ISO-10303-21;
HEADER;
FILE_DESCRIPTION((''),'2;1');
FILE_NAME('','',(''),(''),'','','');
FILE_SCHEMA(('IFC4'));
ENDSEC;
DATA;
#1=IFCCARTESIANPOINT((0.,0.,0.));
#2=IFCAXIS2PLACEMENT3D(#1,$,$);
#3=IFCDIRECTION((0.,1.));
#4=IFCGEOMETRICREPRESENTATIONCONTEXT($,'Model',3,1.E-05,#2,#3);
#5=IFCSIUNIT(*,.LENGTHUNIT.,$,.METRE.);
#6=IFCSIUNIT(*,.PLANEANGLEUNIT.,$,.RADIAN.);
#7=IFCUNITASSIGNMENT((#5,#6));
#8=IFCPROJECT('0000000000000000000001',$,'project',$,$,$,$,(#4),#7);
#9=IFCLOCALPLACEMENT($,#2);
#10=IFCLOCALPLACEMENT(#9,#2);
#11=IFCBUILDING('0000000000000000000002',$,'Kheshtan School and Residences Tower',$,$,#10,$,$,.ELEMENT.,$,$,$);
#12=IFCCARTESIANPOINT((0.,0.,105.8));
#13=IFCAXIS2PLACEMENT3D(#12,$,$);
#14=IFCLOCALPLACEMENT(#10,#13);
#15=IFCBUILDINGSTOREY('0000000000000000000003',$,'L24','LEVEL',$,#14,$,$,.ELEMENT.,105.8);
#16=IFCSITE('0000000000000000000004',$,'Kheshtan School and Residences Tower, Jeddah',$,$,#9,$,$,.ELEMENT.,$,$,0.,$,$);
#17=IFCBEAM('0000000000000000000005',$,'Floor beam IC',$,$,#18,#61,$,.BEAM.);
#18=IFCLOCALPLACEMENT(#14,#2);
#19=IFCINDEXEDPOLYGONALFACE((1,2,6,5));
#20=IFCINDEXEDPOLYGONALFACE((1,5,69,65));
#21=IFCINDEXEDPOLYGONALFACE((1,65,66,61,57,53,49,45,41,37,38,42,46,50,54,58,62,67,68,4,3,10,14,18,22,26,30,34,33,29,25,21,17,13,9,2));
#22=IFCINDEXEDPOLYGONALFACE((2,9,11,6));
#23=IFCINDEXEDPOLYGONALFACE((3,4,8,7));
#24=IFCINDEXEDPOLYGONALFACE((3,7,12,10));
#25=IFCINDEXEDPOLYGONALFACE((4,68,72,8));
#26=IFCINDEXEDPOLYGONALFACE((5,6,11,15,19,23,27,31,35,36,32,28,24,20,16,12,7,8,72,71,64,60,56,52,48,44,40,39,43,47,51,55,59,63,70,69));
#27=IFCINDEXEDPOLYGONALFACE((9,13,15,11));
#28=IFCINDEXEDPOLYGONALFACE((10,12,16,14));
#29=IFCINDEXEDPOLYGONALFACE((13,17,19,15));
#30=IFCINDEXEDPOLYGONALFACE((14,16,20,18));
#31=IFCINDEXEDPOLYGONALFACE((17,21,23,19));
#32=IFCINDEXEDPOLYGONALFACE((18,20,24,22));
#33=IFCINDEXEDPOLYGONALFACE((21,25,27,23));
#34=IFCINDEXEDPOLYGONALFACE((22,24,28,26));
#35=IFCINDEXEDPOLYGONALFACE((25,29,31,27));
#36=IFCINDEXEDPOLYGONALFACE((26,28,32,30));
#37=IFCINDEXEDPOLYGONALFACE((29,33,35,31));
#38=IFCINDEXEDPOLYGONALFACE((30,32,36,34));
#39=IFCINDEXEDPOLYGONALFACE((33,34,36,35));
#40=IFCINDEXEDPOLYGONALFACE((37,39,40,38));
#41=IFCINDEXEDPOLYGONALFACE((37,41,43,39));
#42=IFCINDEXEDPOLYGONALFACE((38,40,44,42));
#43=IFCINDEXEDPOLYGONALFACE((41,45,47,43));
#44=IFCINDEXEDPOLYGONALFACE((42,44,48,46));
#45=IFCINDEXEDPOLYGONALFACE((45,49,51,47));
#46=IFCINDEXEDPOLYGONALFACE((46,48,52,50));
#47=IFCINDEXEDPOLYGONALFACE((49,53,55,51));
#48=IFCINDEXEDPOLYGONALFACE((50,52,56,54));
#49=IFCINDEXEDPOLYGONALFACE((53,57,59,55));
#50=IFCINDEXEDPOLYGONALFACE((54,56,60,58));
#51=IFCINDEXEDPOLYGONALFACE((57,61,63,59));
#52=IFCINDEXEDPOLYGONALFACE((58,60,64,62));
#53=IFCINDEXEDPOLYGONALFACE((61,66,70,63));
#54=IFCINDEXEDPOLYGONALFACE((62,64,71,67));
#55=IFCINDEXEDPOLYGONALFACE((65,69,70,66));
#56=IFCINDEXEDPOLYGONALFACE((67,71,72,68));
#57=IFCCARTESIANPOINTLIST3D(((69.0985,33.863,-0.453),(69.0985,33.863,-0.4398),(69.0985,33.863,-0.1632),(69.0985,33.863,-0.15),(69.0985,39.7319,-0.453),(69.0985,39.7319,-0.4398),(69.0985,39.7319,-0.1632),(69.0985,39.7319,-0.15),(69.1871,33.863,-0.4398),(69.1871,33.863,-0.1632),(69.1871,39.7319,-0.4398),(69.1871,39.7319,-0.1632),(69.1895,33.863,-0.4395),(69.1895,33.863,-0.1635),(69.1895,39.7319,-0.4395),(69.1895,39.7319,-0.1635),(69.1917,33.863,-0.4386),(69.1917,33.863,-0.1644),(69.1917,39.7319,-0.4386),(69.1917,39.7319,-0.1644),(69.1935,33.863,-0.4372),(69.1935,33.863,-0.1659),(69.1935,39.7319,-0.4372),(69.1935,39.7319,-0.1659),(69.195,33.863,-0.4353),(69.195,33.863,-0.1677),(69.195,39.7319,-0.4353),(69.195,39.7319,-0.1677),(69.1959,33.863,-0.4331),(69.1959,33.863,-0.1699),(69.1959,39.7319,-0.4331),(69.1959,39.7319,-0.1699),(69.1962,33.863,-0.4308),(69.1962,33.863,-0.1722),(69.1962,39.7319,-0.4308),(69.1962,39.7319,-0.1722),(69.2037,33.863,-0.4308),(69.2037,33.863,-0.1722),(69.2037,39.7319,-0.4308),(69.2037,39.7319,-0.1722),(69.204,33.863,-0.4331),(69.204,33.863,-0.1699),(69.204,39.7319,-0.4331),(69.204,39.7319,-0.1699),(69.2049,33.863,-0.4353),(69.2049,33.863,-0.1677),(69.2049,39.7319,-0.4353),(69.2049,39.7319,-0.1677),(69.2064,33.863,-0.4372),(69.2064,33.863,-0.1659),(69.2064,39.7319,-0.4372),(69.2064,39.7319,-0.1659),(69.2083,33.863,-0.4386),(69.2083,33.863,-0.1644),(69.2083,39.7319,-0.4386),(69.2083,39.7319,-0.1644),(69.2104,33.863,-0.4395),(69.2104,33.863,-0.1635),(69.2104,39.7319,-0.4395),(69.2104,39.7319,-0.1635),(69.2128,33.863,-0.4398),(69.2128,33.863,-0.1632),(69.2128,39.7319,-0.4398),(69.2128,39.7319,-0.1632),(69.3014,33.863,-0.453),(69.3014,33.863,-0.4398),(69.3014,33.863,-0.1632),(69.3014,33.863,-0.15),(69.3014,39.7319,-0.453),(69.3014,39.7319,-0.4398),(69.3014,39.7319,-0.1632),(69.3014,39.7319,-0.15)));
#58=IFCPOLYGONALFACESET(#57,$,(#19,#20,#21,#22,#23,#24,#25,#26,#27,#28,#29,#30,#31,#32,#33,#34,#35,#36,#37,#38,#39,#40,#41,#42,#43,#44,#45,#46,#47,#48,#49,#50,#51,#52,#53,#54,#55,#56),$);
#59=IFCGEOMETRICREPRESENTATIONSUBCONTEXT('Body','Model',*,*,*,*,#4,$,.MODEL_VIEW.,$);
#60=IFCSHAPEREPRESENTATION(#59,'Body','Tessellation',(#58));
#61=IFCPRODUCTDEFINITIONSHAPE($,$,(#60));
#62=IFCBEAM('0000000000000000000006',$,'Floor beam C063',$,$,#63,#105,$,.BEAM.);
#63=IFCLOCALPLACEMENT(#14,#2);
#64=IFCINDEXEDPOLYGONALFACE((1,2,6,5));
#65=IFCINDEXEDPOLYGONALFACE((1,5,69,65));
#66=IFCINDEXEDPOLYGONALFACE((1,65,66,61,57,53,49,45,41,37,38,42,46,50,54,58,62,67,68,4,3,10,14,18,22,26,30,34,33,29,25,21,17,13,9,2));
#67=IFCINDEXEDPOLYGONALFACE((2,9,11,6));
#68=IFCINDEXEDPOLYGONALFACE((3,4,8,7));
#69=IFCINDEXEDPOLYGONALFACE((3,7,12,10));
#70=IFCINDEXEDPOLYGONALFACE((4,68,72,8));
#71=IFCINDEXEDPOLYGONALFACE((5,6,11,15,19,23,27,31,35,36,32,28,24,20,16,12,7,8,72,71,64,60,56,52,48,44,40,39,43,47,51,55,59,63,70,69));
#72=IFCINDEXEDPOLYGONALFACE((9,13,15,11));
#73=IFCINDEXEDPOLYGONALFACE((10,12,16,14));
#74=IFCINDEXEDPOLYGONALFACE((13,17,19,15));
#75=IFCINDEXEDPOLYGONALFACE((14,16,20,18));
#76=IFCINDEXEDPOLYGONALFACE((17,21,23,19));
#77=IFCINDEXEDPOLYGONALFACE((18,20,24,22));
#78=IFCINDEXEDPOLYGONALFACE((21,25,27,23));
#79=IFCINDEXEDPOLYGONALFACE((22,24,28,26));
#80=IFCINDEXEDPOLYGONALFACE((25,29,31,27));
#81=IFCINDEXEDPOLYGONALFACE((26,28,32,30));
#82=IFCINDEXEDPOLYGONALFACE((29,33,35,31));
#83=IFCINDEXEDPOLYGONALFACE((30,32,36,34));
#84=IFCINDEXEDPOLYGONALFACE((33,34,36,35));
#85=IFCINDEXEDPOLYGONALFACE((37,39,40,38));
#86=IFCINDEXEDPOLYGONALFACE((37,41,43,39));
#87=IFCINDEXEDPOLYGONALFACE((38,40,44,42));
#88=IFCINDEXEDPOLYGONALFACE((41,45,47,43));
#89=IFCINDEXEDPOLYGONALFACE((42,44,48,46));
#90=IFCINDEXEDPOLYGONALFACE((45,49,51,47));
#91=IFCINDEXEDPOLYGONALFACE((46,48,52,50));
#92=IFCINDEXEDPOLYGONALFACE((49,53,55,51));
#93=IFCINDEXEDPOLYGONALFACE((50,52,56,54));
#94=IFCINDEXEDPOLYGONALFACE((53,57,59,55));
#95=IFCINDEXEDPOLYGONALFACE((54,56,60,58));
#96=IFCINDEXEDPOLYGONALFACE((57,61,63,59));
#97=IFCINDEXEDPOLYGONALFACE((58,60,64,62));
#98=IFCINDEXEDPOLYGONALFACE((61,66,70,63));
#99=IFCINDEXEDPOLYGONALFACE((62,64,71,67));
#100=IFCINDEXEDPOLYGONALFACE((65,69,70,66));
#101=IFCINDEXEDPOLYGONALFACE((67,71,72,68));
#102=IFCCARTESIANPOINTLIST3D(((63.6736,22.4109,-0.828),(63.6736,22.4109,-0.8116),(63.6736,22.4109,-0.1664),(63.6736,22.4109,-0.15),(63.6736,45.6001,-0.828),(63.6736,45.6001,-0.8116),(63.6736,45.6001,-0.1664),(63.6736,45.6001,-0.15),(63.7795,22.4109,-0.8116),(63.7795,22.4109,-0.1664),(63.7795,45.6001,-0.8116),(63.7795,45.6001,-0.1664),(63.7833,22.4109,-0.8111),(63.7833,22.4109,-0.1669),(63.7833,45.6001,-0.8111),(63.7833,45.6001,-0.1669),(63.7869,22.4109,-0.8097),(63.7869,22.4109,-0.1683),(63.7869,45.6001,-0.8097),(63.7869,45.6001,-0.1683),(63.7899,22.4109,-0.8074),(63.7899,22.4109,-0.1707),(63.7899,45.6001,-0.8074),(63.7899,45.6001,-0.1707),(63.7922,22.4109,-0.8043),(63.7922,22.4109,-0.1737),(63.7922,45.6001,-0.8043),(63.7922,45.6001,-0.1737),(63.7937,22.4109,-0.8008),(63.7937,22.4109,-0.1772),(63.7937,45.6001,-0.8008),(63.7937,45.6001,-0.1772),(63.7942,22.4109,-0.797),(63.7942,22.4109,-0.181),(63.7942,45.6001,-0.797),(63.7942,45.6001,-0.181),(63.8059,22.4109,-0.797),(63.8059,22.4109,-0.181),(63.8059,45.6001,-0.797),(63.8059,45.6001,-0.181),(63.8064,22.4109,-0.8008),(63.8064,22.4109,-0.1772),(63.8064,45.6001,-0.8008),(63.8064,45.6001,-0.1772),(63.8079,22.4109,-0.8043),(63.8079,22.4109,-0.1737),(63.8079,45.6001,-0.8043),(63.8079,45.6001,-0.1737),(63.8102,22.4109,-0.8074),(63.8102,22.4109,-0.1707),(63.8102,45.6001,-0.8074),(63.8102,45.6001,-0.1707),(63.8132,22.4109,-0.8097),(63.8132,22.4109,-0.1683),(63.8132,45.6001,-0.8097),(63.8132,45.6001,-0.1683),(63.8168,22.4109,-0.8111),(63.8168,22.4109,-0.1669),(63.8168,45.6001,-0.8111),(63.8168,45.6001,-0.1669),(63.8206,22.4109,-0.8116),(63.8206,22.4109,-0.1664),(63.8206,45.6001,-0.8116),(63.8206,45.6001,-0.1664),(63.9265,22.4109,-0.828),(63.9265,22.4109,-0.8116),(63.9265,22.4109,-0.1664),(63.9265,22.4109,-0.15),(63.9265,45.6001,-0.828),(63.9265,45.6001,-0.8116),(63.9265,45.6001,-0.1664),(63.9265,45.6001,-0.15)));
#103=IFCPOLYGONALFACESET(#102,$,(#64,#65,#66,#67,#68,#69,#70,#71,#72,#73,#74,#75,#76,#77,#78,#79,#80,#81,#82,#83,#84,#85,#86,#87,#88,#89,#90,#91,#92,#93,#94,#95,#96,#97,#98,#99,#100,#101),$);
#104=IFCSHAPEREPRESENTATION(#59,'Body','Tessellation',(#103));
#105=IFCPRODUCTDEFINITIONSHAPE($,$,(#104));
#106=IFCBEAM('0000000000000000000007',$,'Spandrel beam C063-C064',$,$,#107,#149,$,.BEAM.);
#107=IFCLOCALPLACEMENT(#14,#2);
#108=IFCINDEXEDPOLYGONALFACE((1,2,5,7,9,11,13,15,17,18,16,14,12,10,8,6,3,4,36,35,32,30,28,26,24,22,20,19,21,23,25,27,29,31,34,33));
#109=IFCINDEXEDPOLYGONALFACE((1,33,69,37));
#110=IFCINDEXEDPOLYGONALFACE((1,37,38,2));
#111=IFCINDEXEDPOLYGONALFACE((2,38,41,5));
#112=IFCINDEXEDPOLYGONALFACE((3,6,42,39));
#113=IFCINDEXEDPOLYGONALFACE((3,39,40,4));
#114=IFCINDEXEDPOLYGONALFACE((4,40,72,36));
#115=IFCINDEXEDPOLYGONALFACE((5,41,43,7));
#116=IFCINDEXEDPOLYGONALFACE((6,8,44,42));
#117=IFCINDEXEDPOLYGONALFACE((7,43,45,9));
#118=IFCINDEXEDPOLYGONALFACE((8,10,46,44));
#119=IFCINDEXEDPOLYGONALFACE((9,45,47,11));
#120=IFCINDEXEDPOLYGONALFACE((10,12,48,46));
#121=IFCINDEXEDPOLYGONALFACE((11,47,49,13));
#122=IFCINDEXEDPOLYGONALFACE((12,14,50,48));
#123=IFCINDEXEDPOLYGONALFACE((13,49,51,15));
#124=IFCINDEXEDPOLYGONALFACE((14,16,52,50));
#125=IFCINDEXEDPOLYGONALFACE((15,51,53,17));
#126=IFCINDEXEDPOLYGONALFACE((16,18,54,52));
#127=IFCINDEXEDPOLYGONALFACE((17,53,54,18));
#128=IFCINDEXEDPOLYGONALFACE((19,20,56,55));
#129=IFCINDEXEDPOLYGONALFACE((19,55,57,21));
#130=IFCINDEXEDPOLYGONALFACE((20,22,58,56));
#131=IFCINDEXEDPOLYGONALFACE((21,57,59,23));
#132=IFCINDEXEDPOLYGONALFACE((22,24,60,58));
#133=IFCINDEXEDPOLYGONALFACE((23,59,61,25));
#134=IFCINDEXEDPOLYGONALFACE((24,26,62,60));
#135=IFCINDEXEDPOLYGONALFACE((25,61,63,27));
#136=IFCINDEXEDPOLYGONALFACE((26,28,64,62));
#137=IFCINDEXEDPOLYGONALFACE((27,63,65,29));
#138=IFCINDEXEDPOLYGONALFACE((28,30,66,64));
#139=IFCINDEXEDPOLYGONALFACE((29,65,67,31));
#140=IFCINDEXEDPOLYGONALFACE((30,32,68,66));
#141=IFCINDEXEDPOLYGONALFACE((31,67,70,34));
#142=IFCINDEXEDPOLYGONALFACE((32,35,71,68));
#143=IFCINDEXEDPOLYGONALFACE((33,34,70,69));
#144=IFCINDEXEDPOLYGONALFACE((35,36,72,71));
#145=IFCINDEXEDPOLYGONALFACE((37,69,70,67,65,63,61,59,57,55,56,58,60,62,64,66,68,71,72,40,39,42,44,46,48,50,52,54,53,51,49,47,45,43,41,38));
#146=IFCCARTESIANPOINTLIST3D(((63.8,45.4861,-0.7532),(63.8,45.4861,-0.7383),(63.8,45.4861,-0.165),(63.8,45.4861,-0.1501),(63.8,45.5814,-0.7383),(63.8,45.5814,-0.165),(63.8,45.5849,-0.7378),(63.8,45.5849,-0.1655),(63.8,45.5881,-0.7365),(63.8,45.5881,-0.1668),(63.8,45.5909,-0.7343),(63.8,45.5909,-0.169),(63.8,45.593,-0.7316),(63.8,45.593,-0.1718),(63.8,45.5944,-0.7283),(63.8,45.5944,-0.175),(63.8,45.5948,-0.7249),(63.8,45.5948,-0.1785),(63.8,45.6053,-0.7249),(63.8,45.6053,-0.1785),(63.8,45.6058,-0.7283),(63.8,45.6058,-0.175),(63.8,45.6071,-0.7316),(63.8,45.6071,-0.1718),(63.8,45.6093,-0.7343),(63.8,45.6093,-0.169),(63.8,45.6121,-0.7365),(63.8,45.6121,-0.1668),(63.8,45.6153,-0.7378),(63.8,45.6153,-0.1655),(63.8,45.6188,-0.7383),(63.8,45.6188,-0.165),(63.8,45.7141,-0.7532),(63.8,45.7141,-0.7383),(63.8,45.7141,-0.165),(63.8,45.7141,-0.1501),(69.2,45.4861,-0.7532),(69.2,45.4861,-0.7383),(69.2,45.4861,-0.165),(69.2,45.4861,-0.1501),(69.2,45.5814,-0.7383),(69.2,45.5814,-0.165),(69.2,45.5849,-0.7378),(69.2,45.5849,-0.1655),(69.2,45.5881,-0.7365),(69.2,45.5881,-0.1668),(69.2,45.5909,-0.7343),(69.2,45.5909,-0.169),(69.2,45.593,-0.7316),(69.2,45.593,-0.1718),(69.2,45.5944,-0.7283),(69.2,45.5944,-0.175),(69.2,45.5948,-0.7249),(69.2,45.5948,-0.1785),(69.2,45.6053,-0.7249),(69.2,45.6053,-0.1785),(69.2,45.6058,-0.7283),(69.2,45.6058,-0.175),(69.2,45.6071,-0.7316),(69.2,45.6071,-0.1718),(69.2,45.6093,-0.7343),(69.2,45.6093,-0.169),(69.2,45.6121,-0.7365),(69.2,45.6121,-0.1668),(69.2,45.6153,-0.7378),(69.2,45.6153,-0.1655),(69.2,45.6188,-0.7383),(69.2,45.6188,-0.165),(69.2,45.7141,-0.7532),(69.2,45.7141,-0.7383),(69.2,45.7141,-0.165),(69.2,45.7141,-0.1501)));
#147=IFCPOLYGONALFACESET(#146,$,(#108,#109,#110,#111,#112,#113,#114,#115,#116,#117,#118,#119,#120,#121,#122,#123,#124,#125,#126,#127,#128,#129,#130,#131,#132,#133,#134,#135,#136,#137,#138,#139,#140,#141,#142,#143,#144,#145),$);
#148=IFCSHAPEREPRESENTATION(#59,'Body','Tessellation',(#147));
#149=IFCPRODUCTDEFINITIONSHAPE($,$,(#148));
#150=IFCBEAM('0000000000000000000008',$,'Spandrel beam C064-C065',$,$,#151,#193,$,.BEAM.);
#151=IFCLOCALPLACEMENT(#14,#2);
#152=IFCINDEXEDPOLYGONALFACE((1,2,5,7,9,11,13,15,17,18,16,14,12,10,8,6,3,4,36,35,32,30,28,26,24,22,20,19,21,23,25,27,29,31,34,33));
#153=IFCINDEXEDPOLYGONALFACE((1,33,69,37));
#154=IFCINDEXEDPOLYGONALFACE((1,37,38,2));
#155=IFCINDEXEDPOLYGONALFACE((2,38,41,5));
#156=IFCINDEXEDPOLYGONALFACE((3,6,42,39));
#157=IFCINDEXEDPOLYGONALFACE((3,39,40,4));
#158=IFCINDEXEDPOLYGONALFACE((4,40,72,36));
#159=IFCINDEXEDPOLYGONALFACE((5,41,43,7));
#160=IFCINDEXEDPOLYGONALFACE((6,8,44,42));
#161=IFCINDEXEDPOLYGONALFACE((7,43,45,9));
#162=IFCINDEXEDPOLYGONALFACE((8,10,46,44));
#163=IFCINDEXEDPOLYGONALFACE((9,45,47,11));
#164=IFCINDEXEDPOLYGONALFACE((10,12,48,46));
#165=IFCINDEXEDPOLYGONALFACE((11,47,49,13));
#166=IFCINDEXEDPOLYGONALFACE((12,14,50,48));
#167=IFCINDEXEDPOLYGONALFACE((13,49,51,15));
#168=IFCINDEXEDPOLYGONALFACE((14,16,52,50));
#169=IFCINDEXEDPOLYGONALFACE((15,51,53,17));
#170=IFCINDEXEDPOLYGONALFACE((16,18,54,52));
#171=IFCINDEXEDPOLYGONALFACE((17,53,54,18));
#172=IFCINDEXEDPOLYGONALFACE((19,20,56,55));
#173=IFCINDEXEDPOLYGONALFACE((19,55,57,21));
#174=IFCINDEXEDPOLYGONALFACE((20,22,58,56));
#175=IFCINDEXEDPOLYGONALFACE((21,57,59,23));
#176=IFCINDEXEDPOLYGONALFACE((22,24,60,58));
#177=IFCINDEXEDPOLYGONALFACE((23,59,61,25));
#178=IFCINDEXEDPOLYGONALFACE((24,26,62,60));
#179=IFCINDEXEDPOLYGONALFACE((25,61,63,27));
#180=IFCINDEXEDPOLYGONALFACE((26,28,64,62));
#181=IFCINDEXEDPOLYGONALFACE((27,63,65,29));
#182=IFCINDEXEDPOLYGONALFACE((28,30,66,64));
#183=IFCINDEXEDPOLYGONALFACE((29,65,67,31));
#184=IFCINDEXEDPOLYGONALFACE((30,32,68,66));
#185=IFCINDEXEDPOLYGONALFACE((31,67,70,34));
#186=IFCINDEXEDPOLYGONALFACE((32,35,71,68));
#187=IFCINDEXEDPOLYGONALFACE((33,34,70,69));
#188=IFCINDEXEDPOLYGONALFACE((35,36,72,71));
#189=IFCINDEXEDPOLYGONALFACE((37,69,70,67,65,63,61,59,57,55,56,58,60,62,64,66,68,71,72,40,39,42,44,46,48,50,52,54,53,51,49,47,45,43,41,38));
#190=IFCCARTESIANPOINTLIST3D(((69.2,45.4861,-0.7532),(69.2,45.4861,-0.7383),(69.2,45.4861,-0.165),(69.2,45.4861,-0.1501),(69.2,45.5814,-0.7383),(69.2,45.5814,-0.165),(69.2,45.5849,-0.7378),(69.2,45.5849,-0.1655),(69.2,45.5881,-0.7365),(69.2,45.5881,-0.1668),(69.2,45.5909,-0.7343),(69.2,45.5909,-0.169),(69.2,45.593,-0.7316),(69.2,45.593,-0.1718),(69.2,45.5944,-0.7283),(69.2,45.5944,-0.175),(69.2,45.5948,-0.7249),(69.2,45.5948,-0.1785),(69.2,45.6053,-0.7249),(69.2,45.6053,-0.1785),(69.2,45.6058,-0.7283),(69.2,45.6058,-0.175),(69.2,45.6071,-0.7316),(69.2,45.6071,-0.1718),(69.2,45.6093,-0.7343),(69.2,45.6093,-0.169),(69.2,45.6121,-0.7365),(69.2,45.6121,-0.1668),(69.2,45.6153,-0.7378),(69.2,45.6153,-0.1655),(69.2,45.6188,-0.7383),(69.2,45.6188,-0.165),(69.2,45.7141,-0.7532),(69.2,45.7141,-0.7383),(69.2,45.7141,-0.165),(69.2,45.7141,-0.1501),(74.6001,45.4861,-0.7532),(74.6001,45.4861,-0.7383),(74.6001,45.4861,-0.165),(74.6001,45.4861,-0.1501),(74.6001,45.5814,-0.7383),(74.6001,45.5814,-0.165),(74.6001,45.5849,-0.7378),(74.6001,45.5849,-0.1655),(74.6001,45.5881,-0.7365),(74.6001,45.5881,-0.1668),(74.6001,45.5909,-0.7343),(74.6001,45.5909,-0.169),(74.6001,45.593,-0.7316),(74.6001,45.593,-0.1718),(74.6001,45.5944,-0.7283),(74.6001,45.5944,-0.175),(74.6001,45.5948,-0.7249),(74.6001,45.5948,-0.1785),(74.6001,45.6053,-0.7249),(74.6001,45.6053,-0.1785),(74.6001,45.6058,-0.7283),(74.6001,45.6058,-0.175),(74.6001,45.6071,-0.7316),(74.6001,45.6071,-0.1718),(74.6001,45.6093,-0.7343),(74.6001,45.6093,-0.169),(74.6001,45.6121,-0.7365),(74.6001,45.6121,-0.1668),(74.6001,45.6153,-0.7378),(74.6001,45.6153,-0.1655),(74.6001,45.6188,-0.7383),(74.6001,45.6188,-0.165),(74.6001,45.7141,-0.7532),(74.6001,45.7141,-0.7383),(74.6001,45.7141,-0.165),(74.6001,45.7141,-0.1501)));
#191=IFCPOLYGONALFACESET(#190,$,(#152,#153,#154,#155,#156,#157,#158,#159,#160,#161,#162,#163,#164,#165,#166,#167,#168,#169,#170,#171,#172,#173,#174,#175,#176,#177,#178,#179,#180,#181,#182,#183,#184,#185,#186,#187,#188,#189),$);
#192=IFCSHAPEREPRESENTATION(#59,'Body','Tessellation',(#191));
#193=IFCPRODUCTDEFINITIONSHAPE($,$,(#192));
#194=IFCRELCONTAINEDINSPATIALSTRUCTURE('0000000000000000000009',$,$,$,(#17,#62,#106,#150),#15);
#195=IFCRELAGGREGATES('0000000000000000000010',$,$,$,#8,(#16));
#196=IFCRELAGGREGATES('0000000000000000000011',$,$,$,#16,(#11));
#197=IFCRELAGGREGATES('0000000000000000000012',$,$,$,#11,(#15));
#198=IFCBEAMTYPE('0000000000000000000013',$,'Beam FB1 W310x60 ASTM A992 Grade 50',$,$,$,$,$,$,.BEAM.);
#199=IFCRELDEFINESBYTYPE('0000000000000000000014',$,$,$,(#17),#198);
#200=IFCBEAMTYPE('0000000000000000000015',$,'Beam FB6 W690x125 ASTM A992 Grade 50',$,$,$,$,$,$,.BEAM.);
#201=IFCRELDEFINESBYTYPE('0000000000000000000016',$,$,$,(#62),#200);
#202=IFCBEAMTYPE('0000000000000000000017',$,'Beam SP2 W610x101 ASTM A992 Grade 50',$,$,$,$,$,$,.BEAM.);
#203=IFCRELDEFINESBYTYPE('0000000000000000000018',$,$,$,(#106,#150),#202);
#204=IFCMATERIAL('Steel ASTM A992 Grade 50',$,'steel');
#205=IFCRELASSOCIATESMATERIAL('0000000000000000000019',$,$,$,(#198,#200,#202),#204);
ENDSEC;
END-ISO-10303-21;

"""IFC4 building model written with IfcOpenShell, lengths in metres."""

from ifc_helpers import new_model, si_unit, direction, frame, origin, origin_2d, place, context, subcontext, project, spatial, i_section, extrude, material, material_profile, profile_set, type_object, element, save


model = new_model("IFC4")

# Units and contexts
model_context = context("Model", 3, precision=1e-05, world=origin(), true_north=direction((0.0, 1.0)))
body_context = subcontext(model_context, "Body", "Model", "MODEL_VIEW")
ifc_project = project(units=[si_unit("LENGTHUNIT", "METRE"), si_unit("PLANEANGLEUNIT", "RADIAN")], contexts=[model_context])

# Site, building, storey
site_placement = place(None, origin())
site = spatial("IfcSite", under=ifc_project, at=site_placement, Name="Kheshtan School and Residences Tower, Jeddah", CompositionType="ELEMENT", RefElevation=0.0)
building_placement = place(site_placement, origin())
building = spatial("IfcBuilding", under=site, at=building_placement, Name="Kheshtan School and Residences Tower", CompositionType="ELEMENT")
storey_placement = place(building_placement, frame((0.0, 0.0, 105.8)))
storey = spatial("IfcBuildingStorey", under=building, at=storey_placement, Name="L24", Description="LEVEL", CompositionType="ELEMENT", Elevation=105.8)

# Shared definitions
ifc_material_1 = material(Name="Steel ASTM A992 Grade 50", Category="steel")

# Beams
ifc_material_profile_1 = material_profile(ifc_material_1, i_section(OverallWidth=0.2029, OverallDepth=0.303, WebThickness=0.0076, FlangeThickness=0.0132, FilletRadius=0.009, at=origin_2d()), Name="W310x60")
ifc_profile_set_1 = profile_set([ifc_material_profile_1], Name="Steel ASTM A992 Grade 50")
beam_type_1 = type_object("IfcBeamType", Name="Beam FB1 W310x60 ASTM A992 Grade 50", PredefinedType="BEAM", material=ifc_profile_set_1)
beam_1_placement = place(storey_placement, frame((69.2, 33.863, -0.3015), z_axis=(0.0, 1.0, 0.0), x_axis=(-1.0, 0.0, 0.0)))
element("IfcBeam", 1, at=beam_1_placement, inside=storey, type_object=beam_type_1, Name="Floor beam IC", PredefinedType="BEAM", context=body_context, shape_type="SweptSolid", body=[
    extrude(i_section(OverallWidth=0.2029, OverallDepth=0.303, WebThickness=0.0076, FlangeThickness=0.0132, FilletRadius=0.009, at=origin_2d()), origin(), (0.0, 0.0, 1.0), 5.8689),
])
ifc_material_profile_2 = material_profile(ifc_material_1, i_section(OverallWidth=0.2529, OverallDepth=0.678, WebThickness=0.0117, FlangeThickness=0.0164, FilletRadius=0.0146, at=origin_2d()), Name="W690x125")
ifc_profile_set_2 = profile_set([ifc_material_profile_2], Name="Steel ASTM A992 Grade 50")
beam_type_2 = type_object("IfcBeamType", Name="Beam FB6 W690x125 ASTM A992 Grade 50", PredefinedType="BEAM", material=ifc_profile_set_2)
beam_2_placement = place(storey_placement, frame((63.8, 45.6001, -0.489), z_axis=(0.0, -1.0, 0.0), x_axis=(1.0, 0.0, 0.0)))
element("IfcBeam", 2, at=beam_2_placement, inside=storey, type_object=beam_type_2, Name="Floor beam C063", PredefinedType="BEAM", context=body_context, shape_type="SweptSolid", body=[
    extrude(i_section(OverallWidth=0.2529, OverallDepth=0.678, WebThickness=0.0117, FlangeThickness=0.0164, FilletRadius=0.0146, at=origin_2d()), origin(), (0.0, 0.0, 1.0), 23.1892),
])
ifc_material_profile_3 = material_profile(ifc_material_1, i_section(OverallWidth=0.228, OverallDepth=0.603, WebThickness=0.0105, FlangeThickness=0.0149, FilletRadius=0.0134, at=origin_2d()), Name="W610x101")
ifc_profile_set_3 = profile_set([ifc_material_profile_3], Name="Steel ASTM A992 Grade 50")
beam_type_3 = type_object("IfcBeamType", Name="Beam SP2 W610x101 ASTM A992 Grade 50", PredefinedType="BEAM", material=ifc_profile_set_3)
beam_3_placement = place(storey_placement, frame((63.8, 45.6001, -0.4517), z_axis=(1.0, 0.0, 0.0), x_axis=(0.0, 1.0, 0.0)))
element("IfcBeam", 3, at=beam_3_placement, inside=storey, type_object=beam_type_3, Name="Spandrel beam C063-C064", PredefinedType="BEAM", context=body_context, shape_type="SweptSolid", body=[
    extrude(i_section(OverallWidth=0.228, OverallDepth=0.603, WebThickness=0.0105, FlangeThickness=0.0149, FilletRadius=0.0134, at=origin_2d()), origin(), (0.0, 0.0, 1.0), 5.3999),
])
beam_4_placement = place(storey_placement, frame((69.2, 45.6001, -0.4517), z_axis=(1.0, 0.0, 0.0), x_axis=(0.0, 1.0, 0.0)))
element("IfcBeam", 4, at=beam_4_placement, inside=storey, type_object=beam_type_3, Name="Spandrel beam C064-C065", PredefinedType="BEAM", context=body_context, shape_type="SweptSolid", body=[
    extrude(i_section(OverallWidth=0.228, OverallDepth=0.603, WebThickness=0.0105, FlangeThickness=0.0149, FilletRadius=0.0134, at=origin_2d()), origin(), (0.0, 0.0, 1.0), 5.4001),
])

save(model, "model.ifc")
